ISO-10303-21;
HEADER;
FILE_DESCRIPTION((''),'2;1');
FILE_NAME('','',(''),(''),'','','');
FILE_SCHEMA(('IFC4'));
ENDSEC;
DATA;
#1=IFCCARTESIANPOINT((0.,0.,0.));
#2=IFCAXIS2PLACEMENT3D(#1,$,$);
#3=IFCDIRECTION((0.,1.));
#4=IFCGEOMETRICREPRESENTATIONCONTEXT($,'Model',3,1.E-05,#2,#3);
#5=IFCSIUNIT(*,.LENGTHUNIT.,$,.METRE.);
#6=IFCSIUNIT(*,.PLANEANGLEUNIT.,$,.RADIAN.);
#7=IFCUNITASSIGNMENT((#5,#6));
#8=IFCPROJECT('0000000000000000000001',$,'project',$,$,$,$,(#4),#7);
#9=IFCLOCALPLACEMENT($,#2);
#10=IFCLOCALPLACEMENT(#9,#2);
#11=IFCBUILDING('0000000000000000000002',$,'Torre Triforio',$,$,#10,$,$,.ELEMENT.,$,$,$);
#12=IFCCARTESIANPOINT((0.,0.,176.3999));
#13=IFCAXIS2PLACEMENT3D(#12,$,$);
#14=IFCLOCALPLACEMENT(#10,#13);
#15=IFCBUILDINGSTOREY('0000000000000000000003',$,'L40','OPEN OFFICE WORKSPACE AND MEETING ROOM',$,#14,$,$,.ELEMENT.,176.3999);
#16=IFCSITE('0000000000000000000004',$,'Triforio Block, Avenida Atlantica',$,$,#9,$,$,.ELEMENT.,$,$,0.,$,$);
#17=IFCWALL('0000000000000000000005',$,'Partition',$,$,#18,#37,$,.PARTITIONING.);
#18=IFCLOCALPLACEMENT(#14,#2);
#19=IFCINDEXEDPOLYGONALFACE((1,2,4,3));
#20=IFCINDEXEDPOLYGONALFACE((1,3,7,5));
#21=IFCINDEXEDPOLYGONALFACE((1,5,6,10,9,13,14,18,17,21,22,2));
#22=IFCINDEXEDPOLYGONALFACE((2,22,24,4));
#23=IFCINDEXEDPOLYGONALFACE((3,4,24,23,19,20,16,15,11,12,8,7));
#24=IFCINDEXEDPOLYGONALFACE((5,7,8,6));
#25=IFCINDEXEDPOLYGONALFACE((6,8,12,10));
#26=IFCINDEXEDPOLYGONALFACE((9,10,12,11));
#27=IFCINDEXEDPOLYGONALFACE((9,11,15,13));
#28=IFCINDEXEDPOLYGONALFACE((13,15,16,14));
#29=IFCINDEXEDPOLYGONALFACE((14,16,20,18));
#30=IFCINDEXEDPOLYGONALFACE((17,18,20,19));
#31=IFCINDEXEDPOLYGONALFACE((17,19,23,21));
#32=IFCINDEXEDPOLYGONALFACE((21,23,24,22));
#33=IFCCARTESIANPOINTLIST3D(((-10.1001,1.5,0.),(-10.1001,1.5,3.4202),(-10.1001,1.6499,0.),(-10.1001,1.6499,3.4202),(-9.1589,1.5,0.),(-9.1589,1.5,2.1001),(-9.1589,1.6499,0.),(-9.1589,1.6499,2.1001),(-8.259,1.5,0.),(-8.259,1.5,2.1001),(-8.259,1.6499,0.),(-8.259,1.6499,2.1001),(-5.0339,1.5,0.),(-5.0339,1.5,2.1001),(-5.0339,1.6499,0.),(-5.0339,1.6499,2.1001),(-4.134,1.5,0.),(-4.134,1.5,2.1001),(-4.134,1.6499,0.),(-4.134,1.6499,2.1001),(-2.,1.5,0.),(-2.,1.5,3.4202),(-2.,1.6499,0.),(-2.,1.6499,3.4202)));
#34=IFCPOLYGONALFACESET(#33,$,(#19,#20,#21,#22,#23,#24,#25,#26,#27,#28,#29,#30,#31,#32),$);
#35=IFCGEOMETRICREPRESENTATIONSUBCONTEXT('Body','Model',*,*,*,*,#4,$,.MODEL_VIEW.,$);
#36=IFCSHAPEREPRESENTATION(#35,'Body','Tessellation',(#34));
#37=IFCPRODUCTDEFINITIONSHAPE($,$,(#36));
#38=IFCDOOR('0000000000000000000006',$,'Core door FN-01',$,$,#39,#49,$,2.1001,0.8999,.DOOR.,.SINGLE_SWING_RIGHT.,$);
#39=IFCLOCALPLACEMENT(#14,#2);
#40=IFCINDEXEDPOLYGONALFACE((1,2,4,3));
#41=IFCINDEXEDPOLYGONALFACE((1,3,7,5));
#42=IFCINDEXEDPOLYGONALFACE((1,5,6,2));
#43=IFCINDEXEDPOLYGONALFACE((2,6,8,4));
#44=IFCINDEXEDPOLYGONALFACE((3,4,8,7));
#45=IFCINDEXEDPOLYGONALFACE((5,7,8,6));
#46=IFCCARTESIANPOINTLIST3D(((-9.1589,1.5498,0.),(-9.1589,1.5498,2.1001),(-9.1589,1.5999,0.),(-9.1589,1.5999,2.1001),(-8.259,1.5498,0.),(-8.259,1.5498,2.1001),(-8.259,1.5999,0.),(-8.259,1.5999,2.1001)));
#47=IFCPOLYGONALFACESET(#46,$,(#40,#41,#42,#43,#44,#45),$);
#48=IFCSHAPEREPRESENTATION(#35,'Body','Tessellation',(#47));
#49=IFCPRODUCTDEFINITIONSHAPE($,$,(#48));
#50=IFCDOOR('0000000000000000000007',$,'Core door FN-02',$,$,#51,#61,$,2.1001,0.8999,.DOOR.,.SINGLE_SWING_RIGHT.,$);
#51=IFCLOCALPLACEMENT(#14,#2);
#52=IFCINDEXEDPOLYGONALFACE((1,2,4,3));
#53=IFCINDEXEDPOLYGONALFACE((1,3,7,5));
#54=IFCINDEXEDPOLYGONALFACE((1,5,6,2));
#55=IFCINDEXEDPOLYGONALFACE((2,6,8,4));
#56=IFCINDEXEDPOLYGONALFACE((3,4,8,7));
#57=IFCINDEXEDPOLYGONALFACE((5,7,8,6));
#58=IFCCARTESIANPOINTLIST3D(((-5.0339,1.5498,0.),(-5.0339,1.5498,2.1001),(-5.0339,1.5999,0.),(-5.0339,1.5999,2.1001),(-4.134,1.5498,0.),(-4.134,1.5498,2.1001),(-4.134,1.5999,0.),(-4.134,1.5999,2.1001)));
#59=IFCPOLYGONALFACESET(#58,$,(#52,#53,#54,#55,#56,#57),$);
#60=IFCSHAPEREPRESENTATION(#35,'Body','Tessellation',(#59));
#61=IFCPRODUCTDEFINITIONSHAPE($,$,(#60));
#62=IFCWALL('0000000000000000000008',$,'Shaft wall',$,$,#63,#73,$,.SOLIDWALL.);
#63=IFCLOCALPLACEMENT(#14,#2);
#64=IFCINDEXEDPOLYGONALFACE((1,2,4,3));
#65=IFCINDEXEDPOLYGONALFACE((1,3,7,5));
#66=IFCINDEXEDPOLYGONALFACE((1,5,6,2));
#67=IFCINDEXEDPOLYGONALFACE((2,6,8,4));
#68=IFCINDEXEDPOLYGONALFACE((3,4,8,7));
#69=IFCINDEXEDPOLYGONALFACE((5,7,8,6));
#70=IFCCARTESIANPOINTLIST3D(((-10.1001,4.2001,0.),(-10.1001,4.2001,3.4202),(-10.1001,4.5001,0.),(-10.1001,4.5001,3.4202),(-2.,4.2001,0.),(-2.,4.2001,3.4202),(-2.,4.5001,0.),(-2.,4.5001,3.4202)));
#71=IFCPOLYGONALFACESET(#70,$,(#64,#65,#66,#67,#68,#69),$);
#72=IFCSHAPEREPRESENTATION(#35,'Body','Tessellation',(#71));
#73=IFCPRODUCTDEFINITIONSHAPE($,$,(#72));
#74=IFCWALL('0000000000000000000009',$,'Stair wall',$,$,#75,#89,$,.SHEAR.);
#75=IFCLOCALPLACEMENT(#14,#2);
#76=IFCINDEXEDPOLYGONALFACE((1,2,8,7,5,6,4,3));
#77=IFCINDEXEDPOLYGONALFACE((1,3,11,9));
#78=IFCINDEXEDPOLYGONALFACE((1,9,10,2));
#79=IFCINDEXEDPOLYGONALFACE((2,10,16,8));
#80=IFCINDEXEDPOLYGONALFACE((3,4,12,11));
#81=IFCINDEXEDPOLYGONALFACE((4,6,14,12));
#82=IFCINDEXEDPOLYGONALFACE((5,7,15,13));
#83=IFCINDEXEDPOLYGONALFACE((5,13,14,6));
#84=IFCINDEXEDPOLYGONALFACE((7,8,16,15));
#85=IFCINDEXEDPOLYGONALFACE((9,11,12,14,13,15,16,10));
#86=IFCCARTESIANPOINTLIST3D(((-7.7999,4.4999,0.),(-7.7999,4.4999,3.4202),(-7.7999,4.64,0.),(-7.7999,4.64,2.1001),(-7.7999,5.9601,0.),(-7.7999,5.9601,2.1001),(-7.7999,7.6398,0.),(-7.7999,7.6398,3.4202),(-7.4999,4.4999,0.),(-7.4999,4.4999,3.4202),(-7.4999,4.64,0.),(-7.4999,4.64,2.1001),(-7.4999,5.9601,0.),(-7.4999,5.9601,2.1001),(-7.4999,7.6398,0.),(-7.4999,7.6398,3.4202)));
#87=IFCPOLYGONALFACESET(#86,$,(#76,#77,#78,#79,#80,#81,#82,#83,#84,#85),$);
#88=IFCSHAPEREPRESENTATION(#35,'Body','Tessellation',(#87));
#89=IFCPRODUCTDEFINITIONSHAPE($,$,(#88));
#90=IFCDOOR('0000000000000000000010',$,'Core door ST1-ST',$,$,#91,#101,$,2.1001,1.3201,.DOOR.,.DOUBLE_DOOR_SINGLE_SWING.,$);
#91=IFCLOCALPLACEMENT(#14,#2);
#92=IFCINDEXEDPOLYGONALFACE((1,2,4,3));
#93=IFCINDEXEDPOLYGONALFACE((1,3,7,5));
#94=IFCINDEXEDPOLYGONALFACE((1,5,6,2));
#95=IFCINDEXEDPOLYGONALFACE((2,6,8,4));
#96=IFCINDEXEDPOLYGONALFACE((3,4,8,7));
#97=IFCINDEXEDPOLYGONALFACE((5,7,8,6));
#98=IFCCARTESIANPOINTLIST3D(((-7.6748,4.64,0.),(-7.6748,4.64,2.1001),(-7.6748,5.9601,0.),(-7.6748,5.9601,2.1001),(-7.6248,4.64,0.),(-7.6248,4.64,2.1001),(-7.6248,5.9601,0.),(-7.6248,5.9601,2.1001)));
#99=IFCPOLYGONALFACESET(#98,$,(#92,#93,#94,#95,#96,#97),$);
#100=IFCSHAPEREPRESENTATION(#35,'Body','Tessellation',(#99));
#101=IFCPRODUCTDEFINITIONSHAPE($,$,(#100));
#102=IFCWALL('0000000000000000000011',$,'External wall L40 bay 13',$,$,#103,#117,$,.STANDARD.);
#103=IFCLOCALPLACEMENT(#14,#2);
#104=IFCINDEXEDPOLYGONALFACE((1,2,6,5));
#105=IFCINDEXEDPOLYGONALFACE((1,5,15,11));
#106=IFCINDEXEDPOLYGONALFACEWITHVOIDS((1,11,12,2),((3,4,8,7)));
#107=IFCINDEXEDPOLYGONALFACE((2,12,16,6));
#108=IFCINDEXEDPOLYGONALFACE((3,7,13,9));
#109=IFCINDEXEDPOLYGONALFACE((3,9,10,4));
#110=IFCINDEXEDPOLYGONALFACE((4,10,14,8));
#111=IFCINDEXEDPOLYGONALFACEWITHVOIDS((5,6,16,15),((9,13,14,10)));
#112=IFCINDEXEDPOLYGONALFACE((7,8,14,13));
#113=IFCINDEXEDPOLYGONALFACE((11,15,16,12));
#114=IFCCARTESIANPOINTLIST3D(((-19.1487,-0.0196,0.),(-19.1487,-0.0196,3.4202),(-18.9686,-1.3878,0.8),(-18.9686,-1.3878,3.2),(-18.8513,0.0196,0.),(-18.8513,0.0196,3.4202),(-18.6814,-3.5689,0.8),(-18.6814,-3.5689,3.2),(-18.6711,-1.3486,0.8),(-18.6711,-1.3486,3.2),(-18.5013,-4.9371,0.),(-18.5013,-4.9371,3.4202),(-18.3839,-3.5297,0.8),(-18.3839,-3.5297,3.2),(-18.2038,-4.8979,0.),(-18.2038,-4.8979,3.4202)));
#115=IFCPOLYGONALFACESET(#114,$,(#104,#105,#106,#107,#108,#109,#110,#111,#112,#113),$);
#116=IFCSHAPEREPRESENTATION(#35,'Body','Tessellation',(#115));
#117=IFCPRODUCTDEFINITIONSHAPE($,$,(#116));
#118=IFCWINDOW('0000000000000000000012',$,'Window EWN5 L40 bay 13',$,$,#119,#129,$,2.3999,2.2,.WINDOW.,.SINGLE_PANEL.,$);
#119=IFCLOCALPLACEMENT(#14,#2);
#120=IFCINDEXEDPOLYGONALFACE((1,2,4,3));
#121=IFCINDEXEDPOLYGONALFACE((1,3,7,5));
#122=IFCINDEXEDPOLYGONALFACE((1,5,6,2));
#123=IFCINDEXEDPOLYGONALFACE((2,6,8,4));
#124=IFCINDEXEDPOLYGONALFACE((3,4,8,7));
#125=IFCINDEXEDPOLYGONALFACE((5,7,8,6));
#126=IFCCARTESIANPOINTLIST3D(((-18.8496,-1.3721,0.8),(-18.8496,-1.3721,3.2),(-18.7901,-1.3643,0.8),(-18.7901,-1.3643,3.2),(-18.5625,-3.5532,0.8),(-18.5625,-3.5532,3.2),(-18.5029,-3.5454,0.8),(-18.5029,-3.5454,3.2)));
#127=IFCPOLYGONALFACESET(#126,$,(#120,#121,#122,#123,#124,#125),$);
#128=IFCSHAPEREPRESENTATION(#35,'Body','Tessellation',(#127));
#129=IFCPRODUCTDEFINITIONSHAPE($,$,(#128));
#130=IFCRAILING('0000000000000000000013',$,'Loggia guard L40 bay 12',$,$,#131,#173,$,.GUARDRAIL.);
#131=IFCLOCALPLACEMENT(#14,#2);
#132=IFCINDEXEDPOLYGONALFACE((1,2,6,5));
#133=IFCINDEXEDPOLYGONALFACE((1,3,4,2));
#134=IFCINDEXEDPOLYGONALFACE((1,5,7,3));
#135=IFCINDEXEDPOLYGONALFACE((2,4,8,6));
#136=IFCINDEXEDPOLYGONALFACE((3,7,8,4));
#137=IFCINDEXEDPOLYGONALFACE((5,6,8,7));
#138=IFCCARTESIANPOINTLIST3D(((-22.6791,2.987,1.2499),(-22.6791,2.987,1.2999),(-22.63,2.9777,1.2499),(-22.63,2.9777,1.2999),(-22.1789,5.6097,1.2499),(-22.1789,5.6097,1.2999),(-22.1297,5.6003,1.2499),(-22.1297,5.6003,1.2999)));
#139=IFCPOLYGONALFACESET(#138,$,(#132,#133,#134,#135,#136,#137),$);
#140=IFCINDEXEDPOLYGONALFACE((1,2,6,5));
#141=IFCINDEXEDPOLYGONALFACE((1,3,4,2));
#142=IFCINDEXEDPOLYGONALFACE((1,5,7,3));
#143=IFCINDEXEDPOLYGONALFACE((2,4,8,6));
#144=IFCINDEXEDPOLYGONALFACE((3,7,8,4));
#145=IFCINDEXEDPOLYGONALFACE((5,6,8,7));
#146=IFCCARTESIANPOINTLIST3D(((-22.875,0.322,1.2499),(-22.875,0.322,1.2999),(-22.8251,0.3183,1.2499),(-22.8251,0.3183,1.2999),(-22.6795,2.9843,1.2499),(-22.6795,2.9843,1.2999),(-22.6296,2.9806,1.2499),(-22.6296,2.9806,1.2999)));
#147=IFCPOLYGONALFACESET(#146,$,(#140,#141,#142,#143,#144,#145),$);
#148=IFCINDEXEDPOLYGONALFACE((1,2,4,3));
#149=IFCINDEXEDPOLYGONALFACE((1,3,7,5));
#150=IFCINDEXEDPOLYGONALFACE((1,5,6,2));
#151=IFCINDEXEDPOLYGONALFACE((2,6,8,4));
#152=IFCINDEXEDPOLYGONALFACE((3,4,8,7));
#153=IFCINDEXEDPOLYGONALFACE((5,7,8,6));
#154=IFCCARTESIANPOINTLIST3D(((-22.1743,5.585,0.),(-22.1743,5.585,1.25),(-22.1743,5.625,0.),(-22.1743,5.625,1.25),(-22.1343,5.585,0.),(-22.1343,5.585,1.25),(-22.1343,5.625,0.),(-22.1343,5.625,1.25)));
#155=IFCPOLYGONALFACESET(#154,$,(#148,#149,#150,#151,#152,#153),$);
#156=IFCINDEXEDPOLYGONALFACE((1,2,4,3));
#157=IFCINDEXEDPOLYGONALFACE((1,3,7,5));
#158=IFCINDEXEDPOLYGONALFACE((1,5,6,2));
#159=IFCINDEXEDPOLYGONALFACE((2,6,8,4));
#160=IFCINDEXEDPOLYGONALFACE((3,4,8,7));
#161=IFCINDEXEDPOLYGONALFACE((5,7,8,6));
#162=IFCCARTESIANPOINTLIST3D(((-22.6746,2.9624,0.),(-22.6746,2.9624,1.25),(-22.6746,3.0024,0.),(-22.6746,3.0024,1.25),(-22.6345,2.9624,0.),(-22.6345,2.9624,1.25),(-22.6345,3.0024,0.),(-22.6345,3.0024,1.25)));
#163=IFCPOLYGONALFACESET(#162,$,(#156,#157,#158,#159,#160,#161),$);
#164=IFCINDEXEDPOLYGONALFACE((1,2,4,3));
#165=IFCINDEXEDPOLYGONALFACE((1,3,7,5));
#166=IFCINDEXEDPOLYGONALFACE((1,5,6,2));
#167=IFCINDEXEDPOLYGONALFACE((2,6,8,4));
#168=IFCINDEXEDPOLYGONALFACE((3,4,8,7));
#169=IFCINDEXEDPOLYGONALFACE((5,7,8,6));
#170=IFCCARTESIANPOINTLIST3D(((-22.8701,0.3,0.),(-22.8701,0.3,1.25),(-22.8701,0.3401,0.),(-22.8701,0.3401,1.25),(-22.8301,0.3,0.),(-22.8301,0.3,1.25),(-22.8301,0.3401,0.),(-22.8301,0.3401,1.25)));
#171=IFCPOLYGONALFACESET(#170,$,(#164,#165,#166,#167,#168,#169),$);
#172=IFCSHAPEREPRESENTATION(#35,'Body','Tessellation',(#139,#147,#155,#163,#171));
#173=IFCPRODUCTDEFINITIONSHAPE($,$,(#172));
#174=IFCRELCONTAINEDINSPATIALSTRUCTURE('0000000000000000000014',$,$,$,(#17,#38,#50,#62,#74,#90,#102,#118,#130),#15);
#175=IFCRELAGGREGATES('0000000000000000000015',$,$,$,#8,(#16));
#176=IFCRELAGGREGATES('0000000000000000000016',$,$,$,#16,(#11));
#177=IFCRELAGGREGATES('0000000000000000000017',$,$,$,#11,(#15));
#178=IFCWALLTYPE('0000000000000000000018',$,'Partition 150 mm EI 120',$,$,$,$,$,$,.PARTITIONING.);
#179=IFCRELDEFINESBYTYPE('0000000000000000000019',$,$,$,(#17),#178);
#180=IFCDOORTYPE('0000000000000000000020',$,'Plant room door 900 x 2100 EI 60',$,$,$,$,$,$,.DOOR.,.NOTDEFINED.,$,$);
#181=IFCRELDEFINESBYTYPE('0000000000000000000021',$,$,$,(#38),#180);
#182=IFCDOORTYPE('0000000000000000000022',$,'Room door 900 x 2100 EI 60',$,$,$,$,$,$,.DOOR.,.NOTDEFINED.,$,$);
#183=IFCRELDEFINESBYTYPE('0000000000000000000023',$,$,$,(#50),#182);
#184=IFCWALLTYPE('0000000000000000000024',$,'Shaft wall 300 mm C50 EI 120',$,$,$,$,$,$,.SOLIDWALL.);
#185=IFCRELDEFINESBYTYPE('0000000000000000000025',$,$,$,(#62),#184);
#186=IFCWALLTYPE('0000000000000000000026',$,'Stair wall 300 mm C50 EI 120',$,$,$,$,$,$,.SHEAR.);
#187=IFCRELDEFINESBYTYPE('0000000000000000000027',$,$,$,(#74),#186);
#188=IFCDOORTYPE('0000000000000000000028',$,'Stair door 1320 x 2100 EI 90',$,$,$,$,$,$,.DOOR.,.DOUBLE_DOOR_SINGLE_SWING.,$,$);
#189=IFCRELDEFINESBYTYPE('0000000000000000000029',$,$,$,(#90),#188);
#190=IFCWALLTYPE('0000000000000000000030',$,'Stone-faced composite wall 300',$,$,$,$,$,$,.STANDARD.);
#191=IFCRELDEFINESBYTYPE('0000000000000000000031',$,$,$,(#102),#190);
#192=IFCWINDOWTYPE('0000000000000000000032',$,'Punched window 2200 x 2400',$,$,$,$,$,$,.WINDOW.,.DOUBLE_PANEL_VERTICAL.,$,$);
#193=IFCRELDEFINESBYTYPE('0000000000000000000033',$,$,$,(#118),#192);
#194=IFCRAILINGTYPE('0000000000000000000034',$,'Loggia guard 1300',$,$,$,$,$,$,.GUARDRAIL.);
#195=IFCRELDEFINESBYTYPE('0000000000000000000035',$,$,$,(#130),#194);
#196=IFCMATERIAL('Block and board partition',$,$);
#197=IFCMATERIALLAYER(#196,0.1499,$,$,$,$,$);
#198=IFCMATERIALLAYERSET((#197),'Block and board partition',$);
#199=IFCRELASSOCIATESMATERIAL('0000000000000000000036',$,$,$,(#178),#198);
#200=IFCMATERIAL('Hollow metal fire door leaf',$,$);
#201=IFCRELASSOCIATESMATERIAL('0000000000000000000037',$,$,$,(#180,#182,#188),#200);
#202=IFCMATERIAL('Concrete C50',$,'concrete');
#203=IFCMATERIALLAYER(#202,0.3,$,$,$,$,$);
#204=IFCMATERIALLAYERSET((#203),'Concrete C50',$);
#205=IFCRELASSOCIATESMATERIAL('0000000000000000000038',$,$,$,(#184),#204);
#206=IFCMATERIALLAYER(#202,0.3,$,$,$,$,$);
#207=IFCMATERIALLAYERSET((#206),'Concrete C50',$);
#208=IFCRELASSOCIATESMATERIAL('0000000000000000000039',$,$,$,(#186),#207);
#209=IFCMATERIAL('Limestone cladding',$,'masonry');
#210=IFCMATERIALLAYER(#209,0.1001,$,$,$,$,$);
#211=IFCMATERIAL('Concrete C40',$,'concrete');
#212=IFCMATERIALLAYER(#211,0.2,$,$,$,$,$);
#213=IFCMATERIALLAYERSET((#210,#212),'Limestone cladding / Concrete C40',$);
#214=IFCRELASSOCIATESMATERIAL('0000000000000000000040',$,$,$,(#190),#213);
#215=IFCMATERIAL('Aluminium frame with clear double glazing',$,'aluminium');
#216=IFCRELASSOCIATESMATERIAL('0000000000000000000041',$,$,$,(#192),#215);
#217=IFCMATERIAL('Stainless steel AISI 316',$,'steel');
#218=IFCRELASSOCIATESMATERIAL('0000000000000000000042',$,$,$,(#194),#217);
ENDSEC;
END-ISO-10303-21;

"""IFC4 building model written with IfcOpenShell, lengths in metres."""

from ifc_helpers import new_model, si_unit, direction, frame, frame_2d, origin, origin_2d, place, context, subcontext, project, spatial, rectangle, extrude, material, layer, layer_set, type_object, element, fill, save


model = new_model("IFC4")

# Units and contexts
model_context = context("Model", 3, precision=1e-05, world=origin(), true_north=direction((0.0, 1.0)))
body_context = subcontext(model_context, "Body", "Model", "MODEL_VIEW")
ifc_project = project(units=[si_unit("LENGTHUNIT", "METRE"), si_unit("PLANEANGLEUNIT", "RADIAN")], contexts=[model_context])

# Site, building, storey
site_placement = place(None, origin())
site = spatial("IfcSite", under=ifc_project, at=site_placement, Name="Triforio Block, Avenida Atlantica", CompositionType="ELEMENT", RefElevation=0.0)
building_placement = place(site_placement, origin())
building = spatial("IfcBuilding", under=site, at=building_placement, Name="Torre Triforio", CompositionType="ELEMENT")
storey_placement = place(building_placement, frame((0.0, 0.0, 176.3999)))
storey = spatial("IfcBuildingStorey", under=building, at=storey_placement, Name="L40", Description="OPEN OFFICE WORKSPACE AND MEETING ROOM", CompositionType="ELEMENT", Elevation=176.3999)

# Shared definitions
ifc_material_1 = material(Name="Concrete C50", Category="concrete")

# Shared definitions
ifc_material_2 = material(Name="Concrete C40", Category="concrete")

# Shared definitions
ifc_material_3 = material(Name="Hollow metal fire door leaf")

# Wall, openings, doors
ifc_material_4 = material(Name="Block and board partition")
ifc_layer_1 = layer(ifc_material_4, 0.1499)
ifc_layer_set_1 = layer_set([ifc_layer_1], Name="Block and board partition")
wall_type_1 = type_object("IfcWallType", Name="Partition 150 mm EI 120", PredefinedType="PARTITIONING", material=ifc_layer_set_1)
wall_1_placement = place(storey_placement, frame((-10.1001, 1.575, 0.0), z_axis=(0.0, 0.0, 1.0), x_axis=(1.0, 0.0, 0.0)))
wall_1 = element("IfcWall", 1, at=wall_1_placement, inside=storey, type_object=wall_type_1, Name="Partition", PredefinedType="PARTITIONING", context=body_context, shape_type="SweptSolid", body=[
    extrude(rectangle(XDim=8.1001, YDim=0.1499, at=frame_2d((4.05, 0.0))), origin(), (0.0, 0.0, 1.0), 3.4202),
])
opening_1_placement = place(wall_1_placement, frame((0.9412, 0.0, 0.0)))
opening_1 = element("IfcOpeningElement", 2, at=opening_1_placement, cuts=wall_1, PredefinedType="OPENING", context=body_context, shape_type="SweptSolid", body=[
    extrude(rectangle(XDim=0.8999, YDim=2.1001, at=frame_2d((0.45, 1.05))), frame((0.0, 0.085, 0.0), z_axis=(0.0, -1.0, 0.0), x_axis=(1.0, 0.0, 0.0)), (0.0, 0.0, 1.0), 0.1699),
])
opening_2_placement = place(wall_1_placement, frame((5.0662, 0.0, 0.0)))
opening_2 = element("IfcOpeningElement", 3, at=opening_2_placement, cuts=wall_1, PredefinedType="OPENING", context=body_context, shape_type="SweptSolid", body=[
    extrude(rectangle(XDim=0.8999, YDim=2.1001, at=frame_2d((0.45, 1.05))), frame((0.0, 0.085, 0.0), z_axis=(0.0, -1.0, 0.0), x_axis=(1.0, 0.0, 0.0)), (0.0, 0.0, 1.0), 0.1699),
])
door_type_1 = type_object("IfcDoorType", Name="Plant room door 900 x 2100 EI 60", OperationType="NOTDEFINED", PredefinedType="DOOR", material=ifc_material_3)
door_1_placement = place(opening_1_placement, origin())
door_1 = element("IfcDoor", 4, at=door_1_placement, inside=storey, type_object=door_type_1, Name="Core door FN-01", OperationType="SINGLE_SWING_RIGHT", OverallHeight=2.1001, OverallWidth=0.8999, PredefinedType="DOOR", context=body_context, shape_type="SweptSolid", body=[
    extrude(rectangle(XDim=0.8999, YDim=2.1001, at=frame_2d((0.45, 1.05))), frame((0.0, 0.0249, 0.0), z_axis=(0.0, -1.0, 0.0), x_axis=(1.0, 0.0, 0.0)), (0.0, 0.0, 1.0), 0.05),
])
fill(opening_1, door_1)
door_type_2 = type_object("IfcDoorType", Name="Room door 900 x 2100 EI 60", OperationType="NOTDEFINED", PredefinedType="DOOR", material=ifc_material_3)
door_2_placement = place(opening_2_placement, origin())
door_2 = element("IfcDoor", 5, at=door_2_placement, inside=storey, type_object=door_type_2, Name="Core door FN-02", OperationType="SINGLE_SWING_RIGHT", OverallHeight=2.1001, OverallWidth=0.8999, PredefinedType="DOOR", context=body_context, shape_type="SweptSolid", body=[
    extrude(rectangle(XDim=0.8999, YDim=2.1001, at=frame_2d((0.45, 1.05))), frame((0.0, 0.0249, 0.0), z_axis=(0.0, -1.0, 0.0), x_axis=(1.0, 0.0, 0.0)), (0.0, 0.0, 1.0), 0.05),
])
fill(opening_2, door_2)

# Wall
ifc_layer_2 = layer(ifc_material_1, 0.3)
ifc_layer_set_2 = layer_set([ifc_layer_2], Name="Concrete C50")
wall_type_2 = type_object("IfcWallType", Name="Shaft wall 300 mm C50 EI 120", PredefinedType="SOLIDWALL", material=ifc_layer_set_2)
wall_2_placement = place(storey_placement, frame((-10.1001, 4.3501, 0.0), z_axis=(0.0, 0.0, 1.0), x_axis=(1.0, 0.0, 0.0)))
element("IfcWall", 6, at=wall_2_placement, inside=storey, type_object=wall_type_2, Name="Shaft wall", PredefinedType="SOLIDWALL", context=body_context, shape_type="SweptSolid", body=[
    extrude(rectangle(XDim=8.1001, YDim=0.3, at=frame_2d((4.05, 0.0))), origin(), (0.0, 0.0, 1.0), 3.4202),
])

# Wall, opening, door
ifc_layer_3 = layer(ifc_material_1, 0.3)
ifc_layer_set_3 = layer_set([ifc_layer_3], Name="Concrete C50")
wall_type_3 = type_object("IfcWallType", Name="Stair wall 300 mm C50 EI 120", PredefinedType="SHEAR", material=ifc_layer_set_3)
wall_3_placement = place(storey_placement, frame((-7.6499, 4.5, 0.0), z_axis=(0.0, 0.0, 1.0), x_axis=(0.0, 1.0, 0.0)))
wall_3 = element("IfcWall", 7, at=wall_3_placement, inside=storey, type_object=wall_type_3, Name="Stair wall", PredefinedType="SHEAR", context=body_context, shape_type="SweptSolid", body=[
    extrude(rectangle(XDim=3.1399, YDim=0.3, at=frame_2d((1.5698, 0.0))), origin(), (0.0, 0.0, 1.0), 3.4202),
])
opening_3_placement = place(wall_3_placement, frame((0.1399, 0.0, 0.0)))
opening_3 = element("IfcOpeningElement", 8, at=opening_3_placement, cuts=wall_3, PredefinedType="OPENING", context=body_context, shape_type="SweptSolid", body=[
    extrude(rectangle(XDim=1.3201, YDim=2.1001, at=frame_2d((0.6602, 1.05))), frame((0.0, 0.1599, 0.0), z_axis=(0.0, -1.0, 0.0), x_axis=(1.0, 0.0, 0.0)), (0.0, 0.0, 1.0), 0.3201),
])
door_type_3 = type_object("IfcDoorType", Name="Stair door 1320 x 2100 EI 90", OperationType="DOUBLE_DOOR_SINGLE_SWING", PredefinedType="DOOR", material=ifc_material_3)
door_3_placement = place(opening_3_placement, origin())
door_3 = element("IfcDoor", 9, at=door_3_placement, inside=storey, type_object=door_type_3, Name="Core door ST1-ST", OperationType="DOUBLE_DOOR_SINGLE_SWING", OverallHeight=2.1001, OverallWidth=1.3201, PredefinedType="DOOR", context=body_context, shape_type="SweptSolid", body=[
    extrude(rectangle(XDim=1.3201, YDim=2.1001, at=frame_2d((0.6602, 1.05))), frame((0.0, 0.0249, 0.0), z_axis=(0.0, -1.0, 0.0), x_axis=(1.0, 0.0, 0.0)), (0.0, 0.0, 1.0), 0.05),
])
fill(opening_3, door_3)

# Shared definitions
ifc_material_5 = material(Name="Limestone cladding", Category="masonry")
ifc_layer_4 = layer(ifc_material_5, 0.1001)
ifc_layer_5 = layer(ifc_material_2, 0.2)
ifc_layer_set_4 = layer_set([ifc_layer_4, ifc_layer_5], Name="Limestone cladding / Concrete C40")
wall_type_4 = type_object("IfcWallType", Name="Stone-faced composite wall 300", PredefinedType="STANDARD", material=ifc_layer_set_4)
ifc_material_6 = material(Name="Aluminium frame with clear double glazing", Category="aluminium")

# Wall, opening, window
wall_4_placement = place(storey_placement, frame((-19.0, 0.0, 0.0), z_axis=(0.0, 0.0, 1.0), x_axis=(0.130539, -0.991443, 0.0)))
wall_4 = element("IfcWall", 10, at=wall_4_placement, inside=storey, type_object=wall_type_4, Name="External wall L40 bay 13", PredefinedType="STANDARD", context=body_context, shape_type="SweptSolid", body=[
    extrude(rectangle(XDim=4.96, YDim=0.3, at=frame_2d((2.48, 0.0))), origin(), (0.0, 0.0, 1.0), 3.4202),
])
opening_4_placement = place(wall_4_placement, frame((1.3799, 0.0, 0.8)))
opening_4 = element("IfcOpeningElement", 11, at=opening_4_placement, cuts=wall_4, PredefinedType="OPENING", context=body_context, shape_type="SweptSolid", body=[
    extrude(rectangle(XDim=2.2, YDim=2.3999, at=frame_2d((1.1001, 1.2))), frame((0.0, 0.1599, 0.0), z_axis=(0.0, -1.0, 0.0), x_axis=(1.0, 0.0, 0.0)), (0.0, 0.0, 1.0), 0.3201),
])
window_type_1 = type_object("IfcWindowType", Name="Punched window 2200 x 2400", PartitioningType="DOUBLE_PANEL_VERTICAL", PredefinedType="WINDOW", material=ifc_material_6)
window_1_placement = place(opening_4_placement, origin())
window_1 = element("IfcWindow", 12, at=window_1_placement, inside=storey, type_object=window_type_1, Name="Window EWN5 L40 bay 13", OverallHeight=2.3999, OverallWidth=2.2, PartitioningType="SINGLE_PANEL", PredefinedType="WINDOW", context=body_context, shape_type="SweptSolid", body=[
    extrude(rectangle(XDim=2.2, YDim=2.3999, at=frame_2d((1.1001, 1.2))), frame((0.0, 0.03, 0.0), z_axis=(0.0, -1.0, 0.0), x_axis=(1.0, 0.0, 0.0)), (0.0, 0.0, 1.0), 0.0601),
])
fill(opening_4, window_1)

# Railing
ifc_material_7 = material(Name="Stainless steel AISI 316", Category="steel")
railing_type = type_object("IfcRailingType", Name="Loggia guard 1300", PredefinedType="GUARDRAIL", material=ifc_material_7)
railing_placement = place(storey_placement, frame((-22.1543, 5.605, 0.0)))
element("IfcRailing", 13, at=railing_placement, inside=storey, type_object=railing_type, Name="Loggia guard L40 bay 12", PredefinedType="GUARDRAIL", context=body_context, shape_type="SweptSolid", body=[
    extrude(rectangle(XDim=0.05, YDim=0.05, at=origin_2d()), frame((0.0, 0.0, 1.2749), z_axis=(-0.187368, -0.98229, 0.0), x_axis=(0.98229, -0.187368, 0.0)), (0.0, 0.0, 1.0), 2.6699),
    extrude(rectangle(XDim=0.05, YDim=0.05, at=origin_2d()), frame((-0.5002, -2.6226, 1.2749), z_axis=(-0.073255, -0.997313, 0.0), x_axis=(0.997313, -0.073255, 0.0)), (0.0, 0.0, 1.0), 2.6694),
    extrude(rectangle(XDim=0.04, YDim=0.04, at=origin_2d()), origin(), (0.0, 0.0, 1.0), 1.25),
    extrude(rectangle(XDim=0.04, YDim=0.04, at=origin_2d()), frame((-0.5002, -2.6226, 0.0)), (0.0, 0.0, 1.0), 1.25),
    extrude(rectangle(XDim=0.04, YDim=0.04, at=origin_2d()), frame((-0.6958, -5.2849, 0.0)), (0.0, 0.0, 1.0), 1.25),
])

save(model, "model.ifc")
